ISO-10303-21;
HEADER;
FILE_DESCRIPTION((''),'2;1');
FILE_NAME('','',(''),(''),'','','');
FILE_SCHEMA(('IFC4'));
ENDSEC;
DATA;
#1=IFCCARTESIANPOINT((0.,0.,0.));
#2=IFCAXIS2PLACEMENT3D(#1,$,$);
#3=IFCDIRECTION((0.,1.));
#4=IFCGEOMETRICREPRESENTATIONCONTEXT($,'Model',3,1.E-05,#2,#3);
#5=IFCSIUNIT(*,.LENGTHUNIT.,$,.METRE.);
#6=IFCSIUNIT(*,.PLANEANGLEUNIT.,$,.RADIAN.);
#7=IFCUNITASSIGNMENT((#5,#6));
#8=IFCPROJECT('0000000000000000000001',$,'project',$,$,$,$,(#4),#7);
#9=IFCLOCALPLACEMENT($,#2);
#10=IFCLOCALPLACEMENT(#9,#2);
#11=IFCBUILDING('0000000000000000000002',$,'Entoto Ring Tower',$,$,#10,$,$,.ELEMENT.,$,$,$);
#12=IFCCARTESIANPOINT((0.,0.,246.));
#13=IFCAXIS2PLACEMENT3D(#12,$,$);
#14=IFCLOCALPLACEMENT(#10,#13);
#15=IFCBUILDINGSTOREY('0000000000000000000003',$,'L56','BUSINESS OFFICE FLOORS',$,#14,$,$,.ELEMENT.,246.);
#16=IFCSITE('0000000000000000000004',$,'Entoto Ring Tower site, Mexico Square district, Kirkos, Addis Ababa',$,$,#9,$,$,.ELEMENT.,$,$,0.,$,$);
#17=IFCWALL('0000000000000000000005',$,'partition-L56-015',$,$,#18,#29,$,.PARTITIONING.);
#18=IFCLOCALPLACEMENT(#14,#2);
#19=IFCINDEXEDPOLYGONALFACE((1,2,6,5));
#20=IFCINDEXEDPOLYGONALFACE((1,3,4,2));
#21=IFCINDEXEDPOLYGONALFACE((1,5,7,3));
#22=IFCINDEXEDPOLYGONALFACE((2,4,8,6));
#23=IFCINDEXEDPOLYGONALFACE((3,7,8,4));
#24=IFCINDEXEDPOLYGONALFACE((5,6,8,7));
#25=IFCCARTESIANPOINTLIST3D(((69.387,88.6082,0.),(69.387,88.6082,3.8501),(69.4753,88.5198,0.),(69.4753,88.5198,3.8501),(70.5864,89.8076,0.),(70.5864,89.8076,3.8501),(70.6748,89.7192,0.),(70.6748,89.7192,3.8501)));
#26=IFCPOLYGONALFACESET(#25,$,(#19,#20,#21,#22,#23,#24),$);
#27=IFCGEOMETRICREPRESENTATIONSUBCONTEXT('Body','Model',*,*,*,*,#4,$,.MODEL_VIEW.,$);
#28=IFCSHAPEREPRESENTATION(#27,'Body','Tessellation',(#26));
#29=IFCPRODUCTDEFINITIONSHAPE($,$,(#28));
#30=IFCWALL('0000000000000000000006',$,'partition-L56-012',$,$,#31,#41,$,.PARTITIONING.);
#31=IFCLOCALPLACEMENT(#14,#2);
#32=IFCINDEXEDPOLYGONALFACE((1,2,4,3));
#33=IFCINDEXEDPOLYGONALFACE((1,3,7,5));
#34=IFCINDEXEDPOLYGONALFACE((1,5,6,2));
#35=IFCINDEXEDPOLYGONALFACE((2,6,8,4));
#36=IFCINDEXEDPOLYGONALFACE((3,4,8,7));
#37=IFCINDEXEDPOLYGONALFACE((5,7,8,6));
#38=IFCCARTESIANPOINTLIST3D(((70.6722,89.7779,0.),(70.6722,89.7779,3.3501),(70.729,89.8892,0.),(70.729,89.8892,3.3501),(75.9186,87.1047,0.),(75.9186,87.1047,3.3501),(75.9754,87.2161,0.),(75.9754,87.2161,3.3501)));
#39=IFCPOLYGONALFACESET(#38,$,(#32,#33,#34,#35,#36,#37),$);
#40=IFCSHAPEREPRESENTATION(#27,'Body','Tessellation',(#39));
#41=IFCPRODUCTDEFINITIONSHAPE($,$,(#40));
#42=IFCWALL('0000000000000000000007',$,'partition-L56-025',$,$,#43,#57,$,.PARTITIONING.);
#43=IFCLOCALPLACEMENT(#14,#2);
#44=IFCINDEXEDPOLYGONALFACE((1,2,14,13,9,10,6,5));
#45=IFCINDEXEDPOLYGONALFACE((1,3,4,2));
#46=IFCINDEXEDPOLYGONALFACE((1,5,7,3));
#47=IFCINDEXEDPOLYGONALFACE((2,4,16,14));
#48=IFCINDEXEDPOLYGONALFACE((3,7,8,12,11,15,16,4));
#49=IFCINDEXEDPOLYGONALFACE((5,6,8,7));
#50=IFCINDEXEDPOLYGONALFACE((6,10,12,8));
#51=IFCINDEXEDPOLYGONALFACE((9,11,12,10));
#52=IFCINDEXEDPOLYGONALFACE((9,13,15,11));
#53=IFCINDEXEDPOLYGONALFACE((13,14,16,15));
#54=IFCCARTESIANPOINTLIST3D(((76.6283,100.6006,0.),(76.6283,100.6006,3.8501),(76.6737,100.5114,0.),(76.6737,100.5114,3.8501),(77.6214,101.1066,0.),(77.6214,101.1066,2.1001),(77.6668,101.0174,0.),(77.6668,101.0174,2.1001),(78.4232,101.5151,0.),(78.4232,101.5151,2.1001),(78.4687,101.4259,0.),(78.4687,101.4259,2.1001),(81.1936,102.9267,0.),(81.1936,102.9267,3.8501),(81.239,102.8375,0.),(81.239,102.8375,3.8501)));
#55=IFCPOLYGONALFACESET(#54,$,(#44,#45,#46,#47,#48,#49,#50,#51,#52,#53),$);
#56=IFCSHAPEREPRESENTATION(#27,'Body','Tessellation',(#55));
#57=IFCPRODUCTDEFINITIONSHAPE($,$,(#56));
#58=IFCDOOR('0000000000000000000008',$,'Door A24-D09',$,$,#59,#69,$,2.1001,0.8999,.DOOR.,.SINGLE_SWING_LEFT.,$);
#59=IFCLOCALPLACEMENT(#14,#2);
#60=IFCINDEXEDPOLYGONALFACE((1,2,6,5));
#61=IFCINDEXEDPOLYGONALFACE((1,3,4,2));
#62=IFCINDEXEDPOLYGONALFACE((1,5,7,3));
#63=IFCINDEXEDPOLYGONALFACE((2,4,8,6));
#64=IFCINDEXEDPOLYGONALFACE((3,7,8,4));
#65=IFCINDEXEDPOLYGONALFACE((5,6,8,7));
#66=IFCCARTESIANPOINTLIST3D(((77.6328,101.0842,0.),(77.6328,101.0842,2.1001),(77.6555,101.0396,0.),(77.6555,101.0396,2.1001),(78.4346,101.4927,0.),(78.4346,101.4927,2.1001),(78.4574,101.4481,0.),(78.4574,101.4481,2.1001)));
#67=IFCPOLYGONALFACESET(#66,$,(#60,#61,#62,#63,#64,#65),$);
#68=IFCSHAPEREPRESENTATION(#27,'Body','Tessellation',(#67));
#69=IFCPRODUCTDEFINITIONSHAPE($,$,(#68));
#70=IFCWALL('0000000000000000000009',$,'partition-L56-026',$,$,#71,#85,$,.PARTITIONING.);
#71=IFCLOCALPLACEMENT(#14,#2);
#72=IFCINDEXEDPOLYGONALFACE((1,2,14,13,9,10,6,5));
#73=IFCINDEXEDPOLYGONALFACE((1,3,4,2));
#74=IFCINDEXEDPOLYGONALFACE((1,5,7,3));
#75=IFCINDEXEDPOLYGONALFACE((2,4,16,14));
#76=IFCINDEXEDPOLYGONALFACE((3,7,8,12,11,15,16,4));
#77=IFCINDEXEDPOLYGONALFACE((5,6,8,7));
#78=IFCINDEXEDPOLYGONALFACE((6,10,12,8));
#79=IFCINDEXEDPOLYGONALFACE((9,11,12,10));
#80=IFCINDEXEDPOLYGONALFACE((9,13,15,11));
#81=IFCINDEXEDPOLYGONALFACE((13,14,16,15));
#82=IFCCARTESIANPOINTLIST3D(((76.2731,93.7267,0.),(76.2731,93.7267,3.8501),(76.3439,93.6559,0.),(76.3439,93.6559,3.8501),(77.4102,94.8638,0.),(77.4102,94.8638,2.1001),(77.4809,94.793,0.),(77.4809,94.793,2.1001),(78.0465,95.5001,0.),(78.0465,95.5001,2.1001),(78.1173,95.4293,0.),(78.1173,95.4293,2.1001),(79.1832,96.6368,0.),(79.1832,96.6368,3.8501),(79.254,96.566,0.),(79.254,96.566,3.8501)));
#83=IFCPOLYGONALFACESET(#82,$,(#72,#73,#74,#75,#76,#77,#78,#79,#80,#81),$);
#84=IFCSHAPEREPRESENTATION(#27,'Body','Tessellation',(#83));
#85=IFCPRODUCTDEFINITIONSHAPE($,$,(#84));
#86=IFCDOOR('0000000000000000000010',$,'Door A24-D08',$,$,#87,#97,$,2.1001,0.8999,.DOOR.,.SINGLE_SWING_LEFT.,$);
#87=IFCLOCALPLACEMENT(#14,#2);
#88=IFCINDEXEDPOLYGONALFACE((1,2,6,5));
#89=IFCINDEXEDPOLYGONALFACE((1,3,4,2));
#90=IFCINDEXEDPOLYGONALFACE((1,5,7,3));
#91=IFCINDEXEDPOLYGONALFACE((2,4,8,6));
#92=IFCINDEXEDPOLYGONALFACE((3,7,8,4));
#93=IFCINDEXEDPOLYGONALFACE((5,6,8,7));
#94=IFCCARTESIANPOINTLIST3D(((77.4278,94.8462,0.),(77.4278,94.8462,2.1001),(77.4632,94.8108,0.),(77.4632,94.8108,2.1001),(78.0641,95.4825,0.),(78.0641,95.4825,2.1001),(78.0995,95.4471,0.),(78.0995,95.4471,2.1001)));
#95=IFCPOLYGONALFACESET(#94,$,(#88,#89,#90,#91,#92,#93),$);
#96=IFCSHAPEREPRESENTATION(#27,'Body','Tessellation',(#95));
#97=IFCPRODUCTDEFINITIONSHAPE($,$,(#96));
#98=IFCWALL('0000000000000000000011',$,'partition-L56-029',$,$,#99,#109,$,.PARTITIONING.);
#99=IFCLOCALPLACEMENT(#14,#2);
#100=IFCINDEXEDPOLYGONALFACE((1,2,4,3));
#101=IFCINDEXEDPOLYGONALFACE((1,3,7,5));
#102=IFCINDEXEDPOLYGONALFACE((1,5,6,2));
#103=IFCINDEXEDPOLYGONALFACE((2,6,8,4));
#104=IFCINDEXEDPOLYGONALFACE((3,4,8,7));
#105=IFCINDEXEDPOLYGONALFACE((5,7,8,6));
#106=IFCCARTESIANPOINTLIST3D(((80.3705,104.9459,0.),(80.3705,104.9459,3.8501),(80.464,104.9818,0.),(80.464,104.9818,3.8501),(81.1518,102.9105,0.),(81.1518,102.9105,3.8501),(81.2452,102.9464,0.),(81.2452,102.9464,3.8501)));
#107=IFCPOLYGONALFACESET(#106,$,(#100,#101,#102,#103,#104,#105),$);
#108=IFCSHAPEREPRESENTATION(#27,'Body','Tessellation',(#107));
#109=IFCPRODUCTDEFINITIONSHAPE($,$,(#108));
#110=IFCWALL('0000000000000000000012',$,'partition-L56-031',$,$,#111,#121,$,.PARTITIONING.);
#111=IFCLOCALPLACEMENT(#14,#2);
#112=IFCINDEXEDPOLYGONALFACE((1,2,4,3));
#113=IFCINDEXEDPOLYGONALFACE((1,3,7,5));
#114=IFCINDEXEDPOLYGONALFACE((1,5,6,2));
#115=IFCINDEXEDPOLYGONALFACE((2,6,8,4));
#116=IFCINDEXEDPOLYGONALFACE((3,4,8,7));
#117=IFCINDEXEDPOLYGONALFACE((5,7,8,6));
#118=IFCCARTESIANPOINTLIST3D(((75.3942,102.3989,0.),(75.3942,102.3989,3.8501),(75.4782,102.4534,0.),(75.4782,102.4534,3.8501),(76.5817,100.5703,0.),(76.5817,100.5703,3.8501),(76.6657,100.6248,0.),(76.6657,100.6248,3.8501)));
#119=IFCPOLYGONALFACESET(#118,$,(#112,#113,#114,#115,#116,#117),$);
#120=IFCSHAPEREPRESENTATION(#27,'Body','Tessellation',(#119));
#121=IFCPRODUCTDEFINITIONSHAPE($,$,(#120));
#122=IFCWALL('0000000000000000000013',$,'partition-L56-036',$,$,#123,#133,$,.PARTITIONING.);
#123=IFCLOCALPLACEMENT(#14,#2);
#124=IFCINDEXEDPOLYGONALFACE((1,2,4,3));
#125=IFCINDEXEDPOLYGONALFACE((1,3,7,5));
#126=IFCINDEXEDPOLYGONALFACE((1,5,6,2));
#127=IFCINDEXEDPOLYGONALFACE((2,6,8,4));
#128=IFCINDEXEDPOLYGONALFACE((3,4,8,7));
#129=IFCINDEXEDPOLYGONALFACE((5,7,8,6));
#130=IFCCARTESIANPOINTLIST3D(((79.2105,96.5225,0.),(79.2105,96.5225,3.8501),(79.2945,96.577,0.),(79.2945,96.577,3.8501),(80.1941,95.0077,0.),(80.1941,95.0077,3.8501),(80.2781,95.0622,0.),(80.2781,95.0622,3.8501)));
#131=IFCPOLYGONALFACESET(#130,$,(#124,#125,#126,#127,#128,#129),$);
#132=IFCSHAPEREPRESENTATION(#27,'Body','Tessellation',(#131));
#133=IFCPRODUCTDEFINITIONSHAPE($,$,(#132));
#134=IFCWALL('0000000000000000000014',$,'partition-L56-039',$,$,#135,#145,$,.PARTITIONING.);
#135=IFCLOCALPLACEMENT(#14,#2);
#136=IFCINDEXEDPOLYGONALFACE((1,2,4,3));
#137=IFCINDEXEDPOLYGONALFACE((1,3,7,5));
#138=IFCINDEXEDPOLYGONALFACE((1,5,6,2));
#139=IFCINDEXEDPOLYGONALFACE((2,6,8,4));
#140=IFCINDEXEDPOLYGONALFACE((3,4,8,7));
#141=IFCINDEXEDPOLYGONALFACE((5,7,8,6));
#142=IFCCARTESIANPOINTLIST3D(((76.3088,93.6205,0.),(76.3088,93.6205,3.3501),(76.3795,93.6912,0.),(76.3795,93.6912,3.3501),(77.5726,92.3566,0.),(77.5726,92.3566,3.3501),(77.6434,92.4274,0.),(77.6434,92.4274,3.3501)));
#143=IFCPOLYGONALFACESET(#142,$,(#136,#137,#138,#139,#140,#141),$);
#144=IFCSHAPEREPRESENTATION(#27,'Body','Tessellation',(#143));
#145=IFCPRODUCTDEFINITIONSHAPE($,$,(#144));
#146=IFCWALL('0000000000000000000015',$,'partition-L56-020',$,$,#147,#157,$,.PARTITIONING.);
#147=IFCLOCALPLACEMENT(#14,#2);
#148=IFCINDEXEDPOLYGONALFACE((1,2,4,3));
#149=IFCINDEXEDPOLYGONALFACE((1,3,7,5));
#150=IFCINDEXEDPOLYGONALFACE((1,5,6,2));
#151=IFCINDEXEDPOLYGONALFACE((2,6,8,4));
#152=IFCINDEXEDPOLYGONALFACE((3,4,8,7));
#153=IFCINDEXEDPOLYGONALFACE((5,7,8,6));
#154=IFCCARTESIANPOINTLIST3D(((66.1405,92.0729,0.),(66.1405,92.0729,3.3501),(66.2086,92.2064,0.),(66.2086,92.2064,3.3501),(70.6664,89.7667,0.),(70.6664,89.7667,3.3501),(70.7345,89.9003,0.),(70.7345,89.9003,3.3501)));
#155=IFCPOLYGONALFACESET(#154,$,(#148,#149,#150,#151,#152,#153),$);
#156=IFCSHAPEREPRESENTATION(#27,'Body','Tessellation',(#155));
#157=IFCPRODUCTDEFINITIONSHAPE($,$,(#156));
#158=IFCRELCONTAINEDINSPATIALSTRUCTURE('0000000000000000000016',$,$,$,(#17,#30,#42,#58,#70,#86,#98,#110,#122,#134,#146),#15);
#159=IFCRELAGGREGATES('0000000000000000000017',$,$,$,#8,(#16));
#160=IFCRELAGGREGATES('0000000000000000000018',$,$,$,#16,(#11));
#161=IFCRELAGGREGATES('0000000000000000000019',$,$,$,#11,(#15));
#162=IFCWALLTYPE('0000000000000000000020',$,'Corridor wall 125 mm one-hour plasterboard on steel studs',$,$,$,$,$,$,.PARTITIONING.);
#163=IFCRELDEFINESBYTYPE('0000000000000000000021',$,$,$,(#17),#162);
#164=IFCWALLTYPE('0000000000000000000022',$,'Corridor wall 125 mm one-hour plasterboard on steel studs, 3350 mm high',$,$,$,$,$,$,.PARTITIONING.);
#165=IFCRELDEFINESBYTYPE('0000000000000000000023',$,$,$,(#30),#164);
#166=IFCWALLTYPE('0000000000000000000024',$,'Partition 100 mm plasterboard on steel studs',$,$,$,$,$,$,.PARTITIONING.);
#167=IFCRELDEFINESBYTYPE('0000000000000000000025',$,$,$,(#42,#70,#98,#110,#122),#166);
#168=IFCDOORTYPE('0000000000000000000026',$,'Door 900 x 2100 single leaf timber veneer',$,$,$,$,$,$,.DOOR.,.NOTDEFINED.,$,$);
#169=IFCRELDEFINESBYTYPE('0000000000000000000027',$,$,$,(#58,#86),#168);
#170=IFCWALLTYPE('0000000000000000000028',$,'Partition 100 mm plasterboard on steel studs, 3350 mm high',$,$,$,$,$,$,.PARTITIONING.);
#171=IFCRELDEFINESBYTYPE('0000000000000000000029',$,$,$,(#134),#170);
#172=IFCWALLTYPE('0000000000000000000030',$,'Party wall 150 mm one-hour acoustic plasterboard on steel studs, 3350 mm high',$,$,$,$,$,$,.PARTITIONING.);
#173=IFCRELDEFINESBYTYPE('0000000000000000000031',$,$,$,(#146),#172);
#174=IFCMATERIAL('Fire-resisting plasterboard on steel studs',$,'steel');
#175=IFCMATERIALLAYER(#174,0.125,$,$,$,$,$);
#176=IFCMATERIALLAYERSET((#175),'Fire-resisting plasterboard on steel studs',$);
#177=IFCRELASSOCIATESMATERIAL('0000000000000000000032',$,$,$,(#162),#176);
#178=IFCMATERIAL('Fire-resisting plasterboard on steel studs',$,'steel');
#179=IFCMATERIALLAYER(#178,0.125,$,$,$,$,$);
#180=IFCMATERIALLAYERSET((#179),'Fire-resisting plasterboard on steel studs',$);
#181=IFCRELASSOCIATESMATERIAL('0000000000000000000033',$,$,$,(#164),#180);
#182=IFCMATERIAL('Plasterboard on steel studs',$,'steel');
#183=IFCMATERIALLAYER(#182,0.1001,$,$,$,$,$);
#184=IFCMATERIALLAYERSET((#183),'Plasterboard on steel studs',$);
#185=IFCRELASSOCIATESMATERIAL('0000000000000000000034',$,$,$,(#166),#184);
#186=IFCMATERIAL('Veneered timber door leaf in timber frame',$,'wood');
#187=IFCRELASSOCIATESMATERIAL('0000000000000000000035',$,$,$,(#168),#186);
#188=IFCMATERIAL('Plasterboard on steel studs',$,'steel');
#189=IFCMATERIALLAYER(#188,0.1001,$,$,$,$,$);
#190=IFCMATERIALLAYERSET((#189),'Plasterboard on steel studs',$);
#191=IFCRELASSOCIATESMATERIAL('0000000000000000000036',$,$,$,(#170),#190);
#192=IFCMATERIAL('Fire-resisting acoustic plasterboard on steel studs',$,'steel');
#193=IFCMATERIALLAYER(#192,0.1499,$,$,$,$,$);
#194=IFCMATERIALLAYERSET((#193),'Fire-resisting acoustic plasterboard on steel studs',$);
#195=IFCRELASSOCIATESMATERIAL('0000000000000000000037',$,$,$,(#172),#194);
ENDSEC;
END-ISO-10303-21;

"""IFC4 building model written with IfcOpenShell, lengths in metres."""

from ifc_helpers import new_model, si_unit, direction, frame, frame_2d, origin, place, context, subcontext, project, spatial, rectangle, extrude, material, layer, layer_set, type_object, element, fill, save


model = new_model("IFC4")

# Units and contexts
model_context = context("Model", 3, precision=1e-05, world=origin(), true_north=direction((0.0, 1.0)))
body_context = subcontext(model_context, "Body", "Model", "MODEL_VIEW")
ifc_project = project(units=[si_unit("LENGTHUNIT", "METRE"), si_unit("PLANEANGLEUNIT", "RADIAN")], contexts=[model_context])

# Site, building, storey
site_placement = place(None, origin())
site = spatial("IfcSite", under=ifc_project, at=site_placement, Name="Entoto Ring Tower site, Mexico Square district, Kirkos, Addis Ababa", CompositionType="ELEMENT", RefElevation=0.0)
building_placement = place(site_placement, origin())
building = spatial("IfcBuilding", under=site, at=building_placement, Name="Entoto Ring Tower", CompositionType="ELEMENT")
storey_placement = place(building_placement, frame((0.0, 0.0, 246.0)))
storey = spatial("IfcBuildingStorey", under=building, at=storey_placement, Name="L56", Description="BUSINESS OFFICE FLOORS", CompositionType="ELEMENT", Elevation=246.0)

# Shared definitions
ifc_material_1 = material(Name="Fire-resisting plasterboard on steel studs", Category="steel")
ifc_layer_1 = layer(ifc_material_1, 0.125)
ifc_layer_set_1 = layer_set([ifc_layer_1], Name="Fire-resisting plasterboard on steel studs")
wall_type_1 = type_object("IfcWallType", Name="Corridor wall 125 mm one-hour plasterboard on steel studs", PredefinedType="PARTITIONING", material=ifc_layer_set_1)

# Walls
wall_1_placement = place(storey_placement, frame((69.4312, 88.564, 0.0), z_axis=(0.0, 0.0, 1.0), x_axis=(0.707107, 0.707107, 0.0)))
element("IfcWall", 1, at=wall_1_placement, inside=storey, type_object=wall_type_1, Name="partition-L56-015", PredefinedType="PARTITIONING", context=body_context, shape_type="SweptSolid", body=[
    extrude(rectangle(XDim=1.6963, YDim=0.125, at=frame_2d((0.8481, 0.0))), origin(), (0.0, 0.0, 1.0), 3.8501),
])
ifc_material_2 = material(Name="Fire-resisting plasterboard on steel studs", Category="steel")
ifc_layer_2 = layer(ifc_material_2, 0.125)
ifc_layer_set_2 = layer_set([ifc_layer_2], Name="Fire-resisting plasterboard on steel studs")
wall_type_2 = type_object("IfcWallType", Name="Corridor wall 125 mm one-hour plasterboard on steel studs, 3350 mm high", PredefinedType="PARTITIONING", material=ifc_layer_set_2)
wall_2_placement = place(storey_placement, frame((75.947, 87.1604, 0.0), z_axis=(0.0, 0.0, 1.0), x_axis=(-0.89101, 0.453984, 0.0)))
element("IfcWall", 2, at=wall_2_placement, inside=storey, type_object=wall_type_2, Name="partition-L56-012", PredefinedType="PARTITIONING", context=body_context, shape_type="SweptSolid", body=[
    extrude(rectangle(XDim=5.8882, YDim=0.125, at=frame_2d((2.9441, 0.0))), origin(), (0.0, 0.0, 1.0), 3.3501),
])

# Walls, openings, doors
ifc_material_3 = material(Name="Plasterboard on steel studs", Category="steel")
ifc_layer_3 = layer(ifc_material_3, 0.1001)
ifc_layer_set_3 = layer_set([ifc_layer_3], Name="Plasterboard on steel studs")
wall_type_3 = type_object("IfcWallType", Name="Partition 100 mm plasterboard on steel studs", PredefinedType="PARTITIONING", material=ifc_layer_set_3)
wall_3_placement = place(storey_placement, frame((76.6509, 100.5559, 0.0), z_axis=(0.0, 0.0, 1.0), x_axis=(0.891009, 0.453986, 0.0)))
wall_3 = element("IfcWall", 3, at=wall_3_placement, inside=storey, type_object=wall_type_3, Name="partition-L56-025", PredefinedType="PARTITIONING", context=body_context, shape_type="SweptSolid", body=[
    extrude(rectangle(XDim=5.1238, YDim=0.1001, at=frame_2d((2.562, 0.0))), origin(), (0.0, 0.0, 1.0), 3.8501),
])
opening_1_placement = place(wall_3_placement, frame((1.1147, 0.0, 0.0)))
opening_1 = element("IfcOpeningElement", 4, at=opening_1_placement, cuts=wall_3, PredefinedType="OPENING", context=body_context, shape_type="SweptSolid", body=[
    extrude(rectangle(XDim=0.8999, YDim=2.1001, at=frame_2d((0.45, 1.05))), frame((0.0, 0.0601, 0.0), z_axis=(0.0, -1.0, 0.0), x_axis=(1.0, 0.0, 0.0)), (0.0, 0.0, 1.0), 0.1201),
])
ifc_material_4 = material(Name="Veneered timber door leaf in timber frame", Category="wood")
door_type_1 = type_object("IfcDoorType", Name="Door 900 x 2100 single leaf timber veneer", OperationType="NOTDEFINED", PredefinedType="DOOR", material=ifc_material_4)
door_1_placement = place(opening_1_placement, origin())
door_1 = element("IfcDoor", 5, at=door_1_placement, inside=storey, type_object=door_type_1, Name="Door A24-D09", OperationType="SINGLE_SWING_LEFT", OverallHeight=2.1001, OverallWidth=0.8999, PredefinedType="DOOR", context=body_context, shape_type="SweptSolid", body=[
    extrude(rectangle(XDim=0.8999, YDim=2.1001, at=frame_2d((0.45, 1.05))), frame((0.0, 0.0249, 0.0), z_axis=(0.0, -1.0, 0.0), x_axis=(1.0, 0.0, 0.0)), (0.0, 0.0, 1.0), 0.05),
])
fill(opening_1, door_1)
wall_4_placement = place(storey_placement, frame((76.3086, 93.6914, 0.0), z_axis=(0.0, 0.0, 1.0), x_axis=(0.707107, 0.707107, 0.0)))
wall_4 = element("IfcWall", 6, at=wall_4_placement, inside=storey, type_object=wall_type_3, Name="partition-L56-026", PredefinedType="PARTITIONING", context=body_context, shape_type="SweptSolid", body=[
    extrude(rectangle(XDim=4.1155, YDim=0.1001, at=frame_2d((2.0576, 0.0))), origin(), (0.0, 0.0, 1.0), 3.8501),
])
opening_2_placement = place(wall_4_placement, frame((1.6079, 0.0, 0.0)))
opening_2 = element("IfcOpeningElement", 7, at=opening_2_placement, cuts=wall_4, PredefinedType="OPENING", context=body_context, shape_type="SweptSolid", body=[
    extrude(rectangle(XDim=0.8999, YDim=2.1001, at=frame_2d((0.45, 1.05))), frame((0.0, 0.0601, 0.0), z_axis=(0.0, -1.0, 0.0), x_axis=(1.0, 0.0, 0.0)), (0.0, 0.0, 1.0), 0.1201),
])
door_2_placement = place(opening_2_placement, frame((0.8999, 0.0, 0.0), z_axis=(0.0, 0.0, 1.0), x_axis=(-1.0, 0.0, 0.0)))
door_2 = element("IfcDoor", 8, at=door_2_placement, inside=storey, type_object=door_type_1, Name="Door A24-D08", OperationType="SINGLE_SWING_LEFT", OverallHeight=2.1001, OverallWidth=0.8999, PredefinedType="DOOR", context=body_context, shape_type="SweptSolid", body=[
    extrude(rectangle(XDim=0.8999, YDim=2.1001, at=frame_2d((0.45, 1.05))), frame((0.0, 0.0249, 0.0), z_axis=(0.0, -1.0, 0.0), x_axis=(1.0, 0.0, 0.0)), (0.0, 0.0, 1.0), 0.05),
])
fill(opening_2, door_2)

# Walls
wall_5_placement = place(storey_placement, frame((81.1985, 102.9285, 0.0), z_axis=(0.0, 0.0, 1.0), x_axis=(-0.358341, 0.933591, 0.0)))
element("IfcWall", 9, at=wall_5_placement, inside=storey, type_object=wall_type_3, Name="partition-L56-029", PredefinedType="PARTITIONING", context=body_context, shape_type="SweptSolid", body=[
    extrude(rectangle(XDim=2.1802, YDim=0.1001, at=frame_2d((1.0901, 0.0))), origin(), (0.0, 0.0, 1.0), 3.8501),
])
wall_6_placement = place(storey_placement, frame((76.6238, 100.5974, 0.0), z_axis=(0.0, 0.0, 1.0), x_axis=(-0.544634, 0.838674, 0.0)))
element("IfcWall", 10, at=wall_6_placement, inside=storey, type_object=wall_type_3, Name="partition-L56-031", PredefinedType="PARTITIONING", context=body_context, shape_type="SweptSolid", body=[
    extrude(rectangle(XDim=2.1804, YDim=0.1001, at=frame_2d((1.0903, 0.0))), origin(), (0.0, 0.0, 1.0), 3.8501),
])
wall_7_placement = place(storey_placement, frame((80.2361, 95.0349, 0.0), z_axis=(0.0, 0.0, 1.0), x_axis=(-0.544584, 0.838706, 0.0)))
element("IfcWall", 11, at=wall_7_placement, inside=storey, type_object=wall_type_3, Name="partition-L56-036", PredefinedType="PARTITIONING", context=body_context, shape_type="SweptSolid", body=[
    extrude(rectangle(XDim=1.8062, YDim=0.1001, at=frame_2d((0.9031, 0.0))), origin(), (0.0, 0.0, 1.0), 3.8501),
])
ifc_material_5 = material(Name="Plasterboard on steel studs", Category="steel")
ifc_layer_4 = layer(ifc_material_5, 0.1001)
ifc_layer_set_4 = layer_set([ifc_layer_4], Name="Plasterboard on steel studs")
wall_type_4 = type_object("IfcWallType", Name="Partition 100 mm plasterboard on steel studs, 3350 mm high", PredefinedType="PARTITIONING", material=ifc_layer_set_4)
wall_8_placement = place(storey_placement, frame((77.6079, 92.3921, 0.0), z_axis=(0.0, 0.0, 1.0), x_axis=(-0.707107, 0.707107, 0.0)))
element("IfcWall", 12, at=wall_8_placement, inside=storey, type_object=wall_type_4, Name="partition-L56-039", PredefinedType="PARTITIONING", context=body_context, shape_type="SweptSolid", body=[
    extrude(rectangle(XDim=1.7874, YDim=0.1001, at=frame_2d((0.8936, 0.0))), origin(), (0.0, 0.0, 1.0), 3.3501),
])
ifc_material_6 = material(Name="Fire-resisting acoustic plasterboard on steel studs", Category="steel")
ifc_layer_5 = layer(ifc_material_6, 0.1499)
ifc_layer_set_5 = layer_set([ifc_layer_5], Name="Fire-resisting acoustic plasterboard on steel studs")
wall_type_5 = type_object("IfcWallType", Name="Party wall 150 mm one-hour acoustic plasterboard on steel studs, 3350 mm high", PredefinedType="PARTITIONING", material=ifc_layer_set_5)
wall_9_placement = place(storey_placement, frame((70.7004, 89.8335, 0.0), z_axis=(0.0, 0.0, 1.0), x_axis=(-0.890998, 0.454006, 0.0)))
element("IfcWall", 13, at=wall_9_placement, inside=storey, type_object=wall_type_5, Name="partition-L56-020", PredefinedType="PARTITIONING", context=body_context, shape_type="SweptSolid", body=[
    extrude(rectangle(XDim=5.0796, YDim=0.1499, at=frame_2d((2.5398, 0.0))), origin(), (0.0, 0.0, 1.0), 3.3501),
])

save(model, "model.ifc")
